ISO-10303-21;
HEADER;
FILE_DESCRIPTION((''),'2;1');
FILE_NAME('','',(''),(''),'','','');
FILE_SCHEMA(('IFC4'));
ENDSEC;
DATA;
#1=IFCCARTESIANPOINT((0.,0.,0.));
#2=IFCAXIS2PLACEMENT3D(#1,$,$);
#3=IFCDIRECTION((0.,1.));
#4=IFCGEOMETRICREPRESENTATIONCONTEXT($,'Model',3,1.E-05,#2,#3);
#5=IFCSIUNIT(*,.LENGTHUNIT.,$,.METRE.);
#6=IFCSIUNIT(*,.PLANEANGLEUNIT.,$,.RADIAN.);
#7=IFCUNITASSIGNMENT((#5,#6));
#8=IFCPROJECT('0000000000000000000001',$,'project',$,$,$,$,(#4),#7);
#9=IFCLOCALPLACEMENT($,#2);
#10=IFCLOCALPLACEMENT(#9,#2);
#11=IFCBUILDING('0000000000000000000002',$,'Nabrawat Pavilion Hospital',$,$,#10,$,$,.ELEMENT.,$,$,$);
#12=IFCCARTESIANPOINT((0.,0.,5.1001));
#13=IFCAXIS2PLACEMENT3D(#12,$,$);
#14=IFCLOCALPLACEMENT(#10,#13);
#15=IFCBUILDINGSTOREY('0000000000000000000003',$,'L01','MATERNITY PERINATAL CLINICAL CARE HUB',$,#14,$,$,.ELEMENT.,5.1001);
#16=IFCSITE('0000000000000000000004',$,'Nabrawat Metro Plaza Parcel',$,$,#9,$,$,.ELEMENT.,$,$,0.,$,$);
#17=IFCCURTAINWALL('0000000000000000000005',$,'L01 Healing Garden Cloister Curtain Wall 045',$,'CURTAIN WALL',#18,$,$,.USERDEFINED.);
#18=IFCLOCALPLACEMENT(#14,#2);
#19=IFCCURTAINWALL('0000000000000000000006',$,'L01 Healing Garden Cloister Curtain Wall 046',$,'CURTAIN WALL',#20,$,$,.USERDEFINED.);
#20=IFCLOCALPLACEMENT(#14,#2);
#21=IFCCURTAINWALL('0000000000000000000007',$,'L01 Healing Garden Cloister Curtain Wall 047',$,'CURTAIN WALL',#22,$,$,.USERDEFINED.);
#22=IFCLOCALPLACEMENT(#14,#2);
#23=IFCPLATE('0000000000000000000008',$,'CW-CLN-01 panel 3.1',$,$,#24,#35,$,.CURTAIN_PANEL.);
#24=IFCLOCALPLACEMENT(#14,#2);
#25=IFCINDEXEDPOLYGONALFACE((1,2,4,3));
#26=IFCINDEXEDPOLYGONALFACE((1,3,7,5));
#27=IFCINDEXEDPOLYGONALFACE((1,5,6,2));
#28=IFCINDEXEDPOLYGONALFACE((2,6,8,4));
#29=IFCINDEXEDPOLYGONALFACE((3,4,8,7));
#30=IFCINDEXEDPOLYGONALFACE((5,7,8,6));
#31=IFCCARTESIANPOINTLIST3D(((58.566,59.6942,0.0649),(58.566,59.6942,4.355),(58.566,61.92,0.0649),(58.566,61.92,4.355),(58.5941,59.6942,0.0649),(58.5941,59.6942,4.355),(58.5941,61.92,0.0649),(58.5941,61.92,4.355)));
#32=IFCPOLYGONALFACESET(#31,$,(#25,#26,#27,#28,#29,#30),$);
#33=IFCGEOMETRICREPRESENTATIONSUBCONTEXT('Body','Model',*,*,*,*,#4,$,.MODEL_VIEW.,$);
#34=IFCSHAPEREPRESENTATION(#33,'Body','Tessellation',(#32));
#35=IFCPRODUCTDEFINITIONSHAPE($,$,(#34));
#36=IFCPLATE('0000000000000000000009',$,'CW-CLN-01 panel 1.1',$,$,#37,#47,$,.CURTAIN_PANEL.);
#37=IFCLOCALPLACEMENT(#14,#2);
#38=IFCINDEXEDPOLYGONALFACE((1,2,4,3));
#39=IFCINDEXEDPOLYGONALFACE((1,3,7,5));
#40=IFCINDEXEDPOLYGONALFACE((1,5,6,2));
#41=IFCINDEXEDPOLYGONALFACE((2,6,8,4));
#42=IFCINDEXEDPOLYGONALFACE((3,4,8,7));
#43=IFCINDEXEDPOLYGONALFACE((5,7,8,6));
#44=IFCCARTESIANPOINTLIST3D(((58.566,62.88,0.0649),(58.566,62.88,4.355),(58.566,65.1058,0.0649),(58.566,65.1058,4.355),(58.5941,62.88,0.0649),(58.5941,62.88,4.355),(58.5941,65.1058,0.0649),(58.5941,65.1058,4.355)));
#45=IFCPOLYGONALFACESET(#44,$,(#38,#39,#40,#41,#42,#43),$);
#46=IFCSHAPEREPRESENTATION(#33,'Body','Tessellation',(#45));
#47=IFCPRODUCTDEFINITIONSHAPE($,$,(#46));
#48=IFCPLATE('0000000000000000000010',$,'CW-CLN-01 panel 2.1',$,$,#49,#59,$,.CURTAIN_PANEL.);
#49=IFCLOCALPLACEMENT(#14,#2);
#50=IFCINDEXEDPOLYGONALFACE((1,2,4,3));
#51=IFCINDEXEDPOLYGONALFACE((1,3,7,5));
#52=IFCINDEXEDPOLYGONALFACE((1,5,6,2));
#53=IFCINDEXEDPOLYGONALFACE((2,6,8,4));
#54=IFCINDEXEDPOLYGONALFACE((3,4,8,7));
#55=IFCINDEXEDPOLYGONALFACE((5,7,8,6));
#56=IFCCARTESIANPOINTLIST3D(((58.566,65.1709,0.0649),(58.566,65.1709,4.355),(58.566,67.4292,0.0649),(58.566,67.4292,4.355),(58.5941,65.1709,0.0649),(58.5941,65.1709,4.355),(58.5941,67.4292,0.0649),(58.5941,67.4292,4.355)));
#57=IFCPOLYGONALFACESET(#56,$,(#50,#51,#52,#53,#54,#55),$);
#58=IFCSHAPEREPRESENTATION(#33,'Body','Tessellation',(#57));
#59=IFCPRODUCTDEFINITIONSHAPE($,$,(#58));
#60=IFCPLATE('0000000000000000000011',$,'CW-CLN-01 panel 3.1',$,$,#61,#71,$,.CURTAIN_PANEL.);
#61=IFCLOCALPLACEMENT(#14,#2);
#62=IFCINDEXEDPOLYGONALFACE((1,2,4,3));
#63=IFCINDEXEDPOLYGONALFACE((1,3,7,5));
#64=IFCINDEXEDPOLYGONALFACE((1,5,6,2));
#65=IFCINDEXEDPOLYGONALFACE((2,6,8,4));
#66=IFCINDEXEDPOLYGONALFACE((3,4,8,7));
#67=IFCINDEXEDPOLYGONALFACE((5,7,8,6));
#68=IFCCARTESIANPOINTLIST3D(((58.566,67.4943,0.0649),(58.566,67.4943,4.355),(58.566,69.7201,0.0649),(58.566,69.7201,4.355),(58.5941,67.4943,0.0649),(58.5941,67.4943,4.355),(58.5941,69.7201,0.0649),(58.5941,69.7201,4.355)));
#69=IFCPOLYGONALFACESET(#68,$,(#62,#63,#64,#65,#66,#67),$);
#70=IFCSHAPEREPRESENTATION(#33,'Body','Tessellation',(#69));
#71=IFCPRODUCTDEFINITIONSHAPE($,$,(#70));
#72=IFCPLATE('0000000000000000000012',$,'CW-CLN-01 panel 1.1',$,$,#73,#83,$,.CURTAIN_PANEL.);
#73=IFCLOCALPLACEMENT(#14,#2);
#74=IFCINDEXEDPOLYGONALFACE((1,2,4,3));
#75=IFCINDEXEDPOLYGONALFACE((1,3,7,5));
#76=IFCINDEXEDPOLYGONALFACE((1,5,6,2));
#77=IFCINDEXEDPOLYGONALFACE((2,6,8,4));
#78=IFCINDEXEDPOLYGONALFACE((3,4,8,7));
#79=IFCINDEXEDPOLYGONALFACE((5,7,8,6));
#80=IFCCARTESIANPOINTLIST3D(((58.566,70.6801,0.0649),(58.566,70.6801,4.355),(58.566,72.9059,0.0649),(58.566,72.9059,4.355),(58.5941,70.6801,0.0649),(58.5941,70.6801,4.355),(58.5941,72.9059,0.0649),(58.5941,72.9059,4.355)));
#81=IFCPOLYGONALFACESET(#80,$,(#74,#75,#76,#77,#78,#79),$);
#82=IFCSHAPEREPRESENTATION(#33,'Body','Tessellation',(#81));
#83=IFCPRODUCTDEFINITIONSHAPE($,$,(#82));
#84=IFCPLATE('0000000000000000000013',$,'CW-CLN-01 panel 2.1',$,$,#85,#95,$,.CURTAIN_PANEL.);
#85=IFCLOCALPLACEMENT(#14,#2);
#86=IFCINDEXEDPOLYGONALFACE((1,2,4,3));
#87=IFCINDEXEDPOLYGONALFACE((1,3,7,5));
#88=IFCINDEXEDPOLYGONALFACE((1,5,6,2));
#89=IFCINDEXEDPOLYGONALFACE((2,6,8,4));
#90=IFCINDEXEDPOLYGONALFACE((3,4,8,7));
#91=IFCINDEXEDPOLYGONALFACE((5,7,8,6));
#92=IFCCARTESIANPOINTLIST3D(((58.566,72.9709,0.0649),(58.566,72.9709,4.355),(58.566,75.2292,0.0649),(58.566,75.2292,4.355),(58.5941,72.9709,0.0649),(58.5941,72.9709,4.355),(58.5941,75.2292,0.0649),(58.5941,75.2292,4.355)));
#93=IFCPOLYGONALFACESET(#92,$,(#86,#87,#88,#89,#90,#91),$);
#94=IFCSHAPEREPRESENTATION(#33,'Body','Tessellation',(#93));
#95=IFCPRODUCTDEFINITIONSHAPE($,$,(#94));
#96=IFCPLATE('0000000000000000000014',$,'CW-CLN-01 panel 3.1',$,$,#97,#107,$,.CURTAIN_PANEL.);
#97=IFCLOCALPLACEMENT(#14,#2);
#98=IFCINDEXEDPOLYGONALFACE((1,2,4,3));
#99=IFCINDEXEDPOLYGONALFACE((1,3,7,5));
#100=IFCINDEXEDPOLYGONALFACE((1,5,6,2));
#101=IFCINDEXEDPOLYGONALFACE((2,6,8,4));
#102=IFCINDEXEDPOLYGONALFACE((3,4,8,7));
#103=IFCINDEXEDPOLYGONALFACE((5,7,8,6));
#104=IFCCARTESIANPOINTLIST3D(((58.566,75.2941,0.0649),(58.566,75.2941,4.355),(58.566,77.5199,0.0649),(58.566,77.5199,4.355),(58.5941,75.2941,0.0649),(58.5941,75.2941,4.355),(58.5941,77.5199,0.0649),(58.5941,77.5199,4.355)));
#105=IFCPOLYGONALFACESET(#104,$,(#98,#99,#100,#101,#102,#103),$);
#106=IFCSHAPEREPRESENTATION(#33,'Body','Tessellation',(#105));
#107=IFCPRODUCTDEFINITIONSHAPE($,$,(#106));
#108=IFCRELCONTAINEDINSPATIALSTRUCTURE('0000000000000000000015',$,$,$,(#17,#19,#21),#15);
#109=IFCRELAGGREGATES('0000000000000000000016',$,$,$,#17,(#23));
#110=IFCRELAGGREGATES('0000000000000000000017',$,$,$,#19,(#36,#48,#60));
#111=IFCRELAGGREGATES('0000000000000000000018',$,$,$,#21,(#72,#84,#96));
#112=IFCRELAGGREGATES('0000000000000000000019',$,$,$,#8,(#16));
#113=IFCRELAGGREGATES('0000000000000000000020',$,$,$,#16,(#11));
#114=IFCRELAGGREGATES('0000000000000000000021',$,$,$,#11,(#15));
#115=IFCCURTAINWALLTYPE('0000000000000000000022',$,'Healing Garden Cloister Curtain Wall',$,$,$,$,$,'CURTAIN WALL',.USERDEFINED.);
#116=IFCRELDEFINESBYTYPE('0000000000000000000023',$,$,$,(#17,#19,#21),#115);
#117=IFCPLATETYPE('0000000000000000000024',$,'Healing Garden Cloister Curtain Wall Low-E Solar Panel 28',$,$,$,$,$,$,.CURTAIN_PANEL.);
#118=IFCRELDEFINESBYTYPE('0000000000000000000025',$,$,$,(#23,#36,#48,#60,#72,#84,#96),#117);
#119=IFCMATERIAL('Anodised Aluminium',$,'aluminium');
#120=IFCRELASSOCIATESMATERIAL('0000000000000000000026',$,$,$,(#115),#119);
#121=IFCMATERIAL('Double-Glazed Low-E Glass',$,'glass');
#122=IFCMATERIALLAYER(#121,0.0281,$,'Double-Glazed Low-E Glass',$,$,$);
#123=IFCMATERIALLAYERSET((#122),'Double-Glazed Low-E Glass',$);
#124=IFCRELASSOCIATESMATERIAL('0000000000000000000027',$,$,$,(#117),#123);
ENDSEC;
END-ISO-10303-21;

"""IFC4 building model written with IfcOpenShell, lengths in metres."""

from ifc_helpers import new_model, si_unit, direction, frame, origin, origin_2d, place, context, subcontext, project, spatial, rectangle, extrude, material, layer, layer_set, type_object, element, aggregate, save


model = new_model("IFC4")

# Units and contexts
model_context = context("Model", 3, precision=1e-05, world=origin(), true_north=direction((0.0, 1.0)))
body_context = subcontext(model_context, "Body", "Model", "MODEL_VIEW")
ifc_project = project(units=[si_unit("LENGTHUNIT", "METRE"), si_unit("PLANEANGLEUNIT", "RADIAN")], contexts=[model_context])

# Site, building, storey
site_placement = place(None, origin())
site = spatial("IfcSite", under=ifc_project, at=site_placement, Name="Nabrawat Metro Plaza Parcel", CompositionType="ELEMENT", RefElevation=0.0)
building_placement = place(site_placement, origin())
building = spatial("IfcBuilding", under=site, at=building_placement, Name="Nabrawat Pavilion Hospital", CompositionType="ELEMENT")
storey_placement = place(building_placement, frame((0.0, 0.0, 5.1001)))
storey = spatial("IfcBuildingStorey", under=building, at=storey_placement, Name="L01", Description="MATERNITY PERINATAL CLINICAL CARE HUB", CompositionType="ELEMENT", Elevation=5.1001)

# Curtain wall
ifc_material_1 = material(Name="Anodised Aluminium", Category="aluminium")
curtain_wall_type = type_object("IfcCurtainWallType", Name="Healing Garden Cloister Curtain Wall", ElementType="CURTAIN WALL", PredefinedType="USERDEFINED", material=ifc_material_1)
curtain_wall_1_placement = place(storey_placement, origin())
curtain_wall_1 = element("IfcCurtainWall", 1, at=curtain_wall_1_placement, inside=storey, type_object=curtain_wall_type, Name="L01 Healing Garden Cloister Curtain Wall 045", ObjectType="CURTAIN WALL", PredefinedType="USERDEFINED")

# Curtain walls
curtain_wall_2_placement = place(storey_placement, origin())
curtain_wall_2 = element("IfcCurtainWall", 2, at=curtain_wall_2_placement, inside=storey, type_object=curtain_wall_type, Name="L01 Healing Garden Cloister Curtain Wall 046", ObjectType="CURTAIN WALL", PredefinedType="USERDEFINED")
curtain_wall_3_placement = place(storey_placement, origin())
curtain_wall_3 = element("IfcCurtainWall", 3, at=curtain_wall_3_placement, inside=storey, type_object=curtain_wall_type, Name="L01 Healing Garden Cloister Curtain Wall 047", ObjectType="CURTAIN WALL", PredefinedType="USERDEFINED")

# Plates
ifc_material_2 = material(Name="Double-Glazed Low-E Glass", Category="glass")
ifc_layer = layer(ifc_material_2, 0.0281, Name="Double-Glazed Low-E Glass")
ifc_layer_set = layer_set([ifc_layer], Name="Double-Glazed Low-E Glass")
plate_type = type_object("IfcPlateType", Name="Healing Garden Cloister Curtain Wall Low-E Solar Panel 28", PredefinedType="CURTAIN_PANEL", material=ifc_layer_set)
plate_1_placement = place(storey_placement, frame((58.5801, 60.8071, 0.0649), z_axis=(0.0, 0.0, 1.0), x_axis=(0.0, 1.0, 0.0)))
plate_1 = element("IfcPlate", 4, at=plate_1_placement, type_object=plate_type, Name="CW-CLN-01 panel 3.1", PredefinedType="CURTAIN_PANEL", context=body_context, shape_type="SweptSolid", body=[
    extrude(rectangle(XDim=2.2258, YDim=0.0281, at=origin_2d()), origin(), (0.0, 0.0, 1.0), 4.29),
])
aggregate(curtain_wall_1, [plate_1])
plate_2_placement = place(storey_placement, frame((58.5801, 63.9929, 0.0649), z_axis=(0.0, 0.0, 1.0), x_axis=(0.0, 1.0, 0.0)))
plate_2 = element("IfcPlate", 5, at=plate_2_placement, type_object=plate_type, Name="CW-CLN-01 panel 1.1", PredefinedType="CURTAIN_PANEL", context=body_context, shape_type="SweptSolid", body=[
    extrude(rectangle(XDim=2.2258, YDim=0.0281, at=origin_2d()), origin(), (0.0, 0.0, 1.0), 4.29),
])
plate_3_placement = place(storey_placement, frame((58.5801, 66.3, 0.0649), z_axis=(0.0, 0.0, 1.0), x_axis=(0.0, 1.0, 0.0)))
plate_3 = element("IfcPlate", 6, at=plate_3_placement, type_object=plate_type, Name="CW-CLN-01 panel 2.1", PredefinedType="CURTAIN_PANEL", context=body_context, shape_type="SweptSolid", body=[
    extrude(rectangle(XDim=2.2583, YDim=0.0281, at=origin_2d()), origin(), (0.0, 0.0, 1.0), 4.29),
])
plate_4_placement = place(storey_placement, frame((58.5801, 68.6072, 0.0649), z_axis=(0.0, 0.0, 1.0), x_axis=(0.0, 1.0, 0.0)))
plate_4 = element("IfcPlate", 7, at=plate_4_placement, type_object=plate_type, Name="CW-CLN-01 panel 3.1", PredefinedType="CURTAIN_PANEL", context=body_context, shape_type="SweptSolid", body=[
    extrude(rectangle(XDim=2.2258, YDim=0.0281, at=origin_2d()), origin(), (0.0, 0.0, 1.0), 4.29),
])
aggregate(curtain_wall_2, [plate_2, plate_3, plate_4])
plate_5_placement = place(storey_placement, frame((58.5801, 71.793, 0.0649), z_axis=(0.0, 0.0, 1.0), x_axis=(0.0, 1.0, 0.0)))
plate_5 = element("IfcPlate", 8, at=plate_5_placement, type_object=plate_type, Name="CW-CLN-01 panel 1.1", PredefinedType="CURTAIN_PANEL", context=body_context, shape_type="SweptSolid", body=[
    extrude(rectangle(XDim=2.2258, YDim=0.0281, at=origin_2d()), origin(), (0.0, 0.0, 1.0), 4.29),
])
plate_6_placement = place(storey_placement, frame((58.5801, 74.1001, 0.0649), z_axis=(0.0, 0.0, 1.0), x_axis=(0.0, 1.0, 0.0)))
plate_6 = element("IfcPlate", 9, at=plate_6_placement, type_object=plate_type, Name="CW-CLN-01 panel 2.1", PredefinedType="CURTAIN_PANEL", context=body_context, shape_type="SweptSolid", body=[
    extrude(rectangle(XDim=2.2583, YDim=0.0281, at=origin_2d()), origin(), (0.0, 0.0, 1.0), 4.29),
])
plate_7_placement = place(storey_placement, frame((58.5801, 76.407, 0.0649), z_axis=(0.0, 0.0, 1.0), x_axis=(0.0, 1.0, 0.0)))
plate_7 = element("IfcPlate", 10, at=plate_7_placement, type_object=plate_type, Name="CW-CLN-01 panel 3.1", PredefinedType="CURTAIN_PANEL", context=body_context, shape_type="SweptSolid", body=[
    extrude(rectangle(XDim=2.2258, YDim=0.0281, at=origin_2d()), origin(), (0.0, 0.0, 1.0), 4.29),
])
aggregate(curtain_wall_3, [plate_5, plate_6, plate_7])

save(model, "model.ifc")
